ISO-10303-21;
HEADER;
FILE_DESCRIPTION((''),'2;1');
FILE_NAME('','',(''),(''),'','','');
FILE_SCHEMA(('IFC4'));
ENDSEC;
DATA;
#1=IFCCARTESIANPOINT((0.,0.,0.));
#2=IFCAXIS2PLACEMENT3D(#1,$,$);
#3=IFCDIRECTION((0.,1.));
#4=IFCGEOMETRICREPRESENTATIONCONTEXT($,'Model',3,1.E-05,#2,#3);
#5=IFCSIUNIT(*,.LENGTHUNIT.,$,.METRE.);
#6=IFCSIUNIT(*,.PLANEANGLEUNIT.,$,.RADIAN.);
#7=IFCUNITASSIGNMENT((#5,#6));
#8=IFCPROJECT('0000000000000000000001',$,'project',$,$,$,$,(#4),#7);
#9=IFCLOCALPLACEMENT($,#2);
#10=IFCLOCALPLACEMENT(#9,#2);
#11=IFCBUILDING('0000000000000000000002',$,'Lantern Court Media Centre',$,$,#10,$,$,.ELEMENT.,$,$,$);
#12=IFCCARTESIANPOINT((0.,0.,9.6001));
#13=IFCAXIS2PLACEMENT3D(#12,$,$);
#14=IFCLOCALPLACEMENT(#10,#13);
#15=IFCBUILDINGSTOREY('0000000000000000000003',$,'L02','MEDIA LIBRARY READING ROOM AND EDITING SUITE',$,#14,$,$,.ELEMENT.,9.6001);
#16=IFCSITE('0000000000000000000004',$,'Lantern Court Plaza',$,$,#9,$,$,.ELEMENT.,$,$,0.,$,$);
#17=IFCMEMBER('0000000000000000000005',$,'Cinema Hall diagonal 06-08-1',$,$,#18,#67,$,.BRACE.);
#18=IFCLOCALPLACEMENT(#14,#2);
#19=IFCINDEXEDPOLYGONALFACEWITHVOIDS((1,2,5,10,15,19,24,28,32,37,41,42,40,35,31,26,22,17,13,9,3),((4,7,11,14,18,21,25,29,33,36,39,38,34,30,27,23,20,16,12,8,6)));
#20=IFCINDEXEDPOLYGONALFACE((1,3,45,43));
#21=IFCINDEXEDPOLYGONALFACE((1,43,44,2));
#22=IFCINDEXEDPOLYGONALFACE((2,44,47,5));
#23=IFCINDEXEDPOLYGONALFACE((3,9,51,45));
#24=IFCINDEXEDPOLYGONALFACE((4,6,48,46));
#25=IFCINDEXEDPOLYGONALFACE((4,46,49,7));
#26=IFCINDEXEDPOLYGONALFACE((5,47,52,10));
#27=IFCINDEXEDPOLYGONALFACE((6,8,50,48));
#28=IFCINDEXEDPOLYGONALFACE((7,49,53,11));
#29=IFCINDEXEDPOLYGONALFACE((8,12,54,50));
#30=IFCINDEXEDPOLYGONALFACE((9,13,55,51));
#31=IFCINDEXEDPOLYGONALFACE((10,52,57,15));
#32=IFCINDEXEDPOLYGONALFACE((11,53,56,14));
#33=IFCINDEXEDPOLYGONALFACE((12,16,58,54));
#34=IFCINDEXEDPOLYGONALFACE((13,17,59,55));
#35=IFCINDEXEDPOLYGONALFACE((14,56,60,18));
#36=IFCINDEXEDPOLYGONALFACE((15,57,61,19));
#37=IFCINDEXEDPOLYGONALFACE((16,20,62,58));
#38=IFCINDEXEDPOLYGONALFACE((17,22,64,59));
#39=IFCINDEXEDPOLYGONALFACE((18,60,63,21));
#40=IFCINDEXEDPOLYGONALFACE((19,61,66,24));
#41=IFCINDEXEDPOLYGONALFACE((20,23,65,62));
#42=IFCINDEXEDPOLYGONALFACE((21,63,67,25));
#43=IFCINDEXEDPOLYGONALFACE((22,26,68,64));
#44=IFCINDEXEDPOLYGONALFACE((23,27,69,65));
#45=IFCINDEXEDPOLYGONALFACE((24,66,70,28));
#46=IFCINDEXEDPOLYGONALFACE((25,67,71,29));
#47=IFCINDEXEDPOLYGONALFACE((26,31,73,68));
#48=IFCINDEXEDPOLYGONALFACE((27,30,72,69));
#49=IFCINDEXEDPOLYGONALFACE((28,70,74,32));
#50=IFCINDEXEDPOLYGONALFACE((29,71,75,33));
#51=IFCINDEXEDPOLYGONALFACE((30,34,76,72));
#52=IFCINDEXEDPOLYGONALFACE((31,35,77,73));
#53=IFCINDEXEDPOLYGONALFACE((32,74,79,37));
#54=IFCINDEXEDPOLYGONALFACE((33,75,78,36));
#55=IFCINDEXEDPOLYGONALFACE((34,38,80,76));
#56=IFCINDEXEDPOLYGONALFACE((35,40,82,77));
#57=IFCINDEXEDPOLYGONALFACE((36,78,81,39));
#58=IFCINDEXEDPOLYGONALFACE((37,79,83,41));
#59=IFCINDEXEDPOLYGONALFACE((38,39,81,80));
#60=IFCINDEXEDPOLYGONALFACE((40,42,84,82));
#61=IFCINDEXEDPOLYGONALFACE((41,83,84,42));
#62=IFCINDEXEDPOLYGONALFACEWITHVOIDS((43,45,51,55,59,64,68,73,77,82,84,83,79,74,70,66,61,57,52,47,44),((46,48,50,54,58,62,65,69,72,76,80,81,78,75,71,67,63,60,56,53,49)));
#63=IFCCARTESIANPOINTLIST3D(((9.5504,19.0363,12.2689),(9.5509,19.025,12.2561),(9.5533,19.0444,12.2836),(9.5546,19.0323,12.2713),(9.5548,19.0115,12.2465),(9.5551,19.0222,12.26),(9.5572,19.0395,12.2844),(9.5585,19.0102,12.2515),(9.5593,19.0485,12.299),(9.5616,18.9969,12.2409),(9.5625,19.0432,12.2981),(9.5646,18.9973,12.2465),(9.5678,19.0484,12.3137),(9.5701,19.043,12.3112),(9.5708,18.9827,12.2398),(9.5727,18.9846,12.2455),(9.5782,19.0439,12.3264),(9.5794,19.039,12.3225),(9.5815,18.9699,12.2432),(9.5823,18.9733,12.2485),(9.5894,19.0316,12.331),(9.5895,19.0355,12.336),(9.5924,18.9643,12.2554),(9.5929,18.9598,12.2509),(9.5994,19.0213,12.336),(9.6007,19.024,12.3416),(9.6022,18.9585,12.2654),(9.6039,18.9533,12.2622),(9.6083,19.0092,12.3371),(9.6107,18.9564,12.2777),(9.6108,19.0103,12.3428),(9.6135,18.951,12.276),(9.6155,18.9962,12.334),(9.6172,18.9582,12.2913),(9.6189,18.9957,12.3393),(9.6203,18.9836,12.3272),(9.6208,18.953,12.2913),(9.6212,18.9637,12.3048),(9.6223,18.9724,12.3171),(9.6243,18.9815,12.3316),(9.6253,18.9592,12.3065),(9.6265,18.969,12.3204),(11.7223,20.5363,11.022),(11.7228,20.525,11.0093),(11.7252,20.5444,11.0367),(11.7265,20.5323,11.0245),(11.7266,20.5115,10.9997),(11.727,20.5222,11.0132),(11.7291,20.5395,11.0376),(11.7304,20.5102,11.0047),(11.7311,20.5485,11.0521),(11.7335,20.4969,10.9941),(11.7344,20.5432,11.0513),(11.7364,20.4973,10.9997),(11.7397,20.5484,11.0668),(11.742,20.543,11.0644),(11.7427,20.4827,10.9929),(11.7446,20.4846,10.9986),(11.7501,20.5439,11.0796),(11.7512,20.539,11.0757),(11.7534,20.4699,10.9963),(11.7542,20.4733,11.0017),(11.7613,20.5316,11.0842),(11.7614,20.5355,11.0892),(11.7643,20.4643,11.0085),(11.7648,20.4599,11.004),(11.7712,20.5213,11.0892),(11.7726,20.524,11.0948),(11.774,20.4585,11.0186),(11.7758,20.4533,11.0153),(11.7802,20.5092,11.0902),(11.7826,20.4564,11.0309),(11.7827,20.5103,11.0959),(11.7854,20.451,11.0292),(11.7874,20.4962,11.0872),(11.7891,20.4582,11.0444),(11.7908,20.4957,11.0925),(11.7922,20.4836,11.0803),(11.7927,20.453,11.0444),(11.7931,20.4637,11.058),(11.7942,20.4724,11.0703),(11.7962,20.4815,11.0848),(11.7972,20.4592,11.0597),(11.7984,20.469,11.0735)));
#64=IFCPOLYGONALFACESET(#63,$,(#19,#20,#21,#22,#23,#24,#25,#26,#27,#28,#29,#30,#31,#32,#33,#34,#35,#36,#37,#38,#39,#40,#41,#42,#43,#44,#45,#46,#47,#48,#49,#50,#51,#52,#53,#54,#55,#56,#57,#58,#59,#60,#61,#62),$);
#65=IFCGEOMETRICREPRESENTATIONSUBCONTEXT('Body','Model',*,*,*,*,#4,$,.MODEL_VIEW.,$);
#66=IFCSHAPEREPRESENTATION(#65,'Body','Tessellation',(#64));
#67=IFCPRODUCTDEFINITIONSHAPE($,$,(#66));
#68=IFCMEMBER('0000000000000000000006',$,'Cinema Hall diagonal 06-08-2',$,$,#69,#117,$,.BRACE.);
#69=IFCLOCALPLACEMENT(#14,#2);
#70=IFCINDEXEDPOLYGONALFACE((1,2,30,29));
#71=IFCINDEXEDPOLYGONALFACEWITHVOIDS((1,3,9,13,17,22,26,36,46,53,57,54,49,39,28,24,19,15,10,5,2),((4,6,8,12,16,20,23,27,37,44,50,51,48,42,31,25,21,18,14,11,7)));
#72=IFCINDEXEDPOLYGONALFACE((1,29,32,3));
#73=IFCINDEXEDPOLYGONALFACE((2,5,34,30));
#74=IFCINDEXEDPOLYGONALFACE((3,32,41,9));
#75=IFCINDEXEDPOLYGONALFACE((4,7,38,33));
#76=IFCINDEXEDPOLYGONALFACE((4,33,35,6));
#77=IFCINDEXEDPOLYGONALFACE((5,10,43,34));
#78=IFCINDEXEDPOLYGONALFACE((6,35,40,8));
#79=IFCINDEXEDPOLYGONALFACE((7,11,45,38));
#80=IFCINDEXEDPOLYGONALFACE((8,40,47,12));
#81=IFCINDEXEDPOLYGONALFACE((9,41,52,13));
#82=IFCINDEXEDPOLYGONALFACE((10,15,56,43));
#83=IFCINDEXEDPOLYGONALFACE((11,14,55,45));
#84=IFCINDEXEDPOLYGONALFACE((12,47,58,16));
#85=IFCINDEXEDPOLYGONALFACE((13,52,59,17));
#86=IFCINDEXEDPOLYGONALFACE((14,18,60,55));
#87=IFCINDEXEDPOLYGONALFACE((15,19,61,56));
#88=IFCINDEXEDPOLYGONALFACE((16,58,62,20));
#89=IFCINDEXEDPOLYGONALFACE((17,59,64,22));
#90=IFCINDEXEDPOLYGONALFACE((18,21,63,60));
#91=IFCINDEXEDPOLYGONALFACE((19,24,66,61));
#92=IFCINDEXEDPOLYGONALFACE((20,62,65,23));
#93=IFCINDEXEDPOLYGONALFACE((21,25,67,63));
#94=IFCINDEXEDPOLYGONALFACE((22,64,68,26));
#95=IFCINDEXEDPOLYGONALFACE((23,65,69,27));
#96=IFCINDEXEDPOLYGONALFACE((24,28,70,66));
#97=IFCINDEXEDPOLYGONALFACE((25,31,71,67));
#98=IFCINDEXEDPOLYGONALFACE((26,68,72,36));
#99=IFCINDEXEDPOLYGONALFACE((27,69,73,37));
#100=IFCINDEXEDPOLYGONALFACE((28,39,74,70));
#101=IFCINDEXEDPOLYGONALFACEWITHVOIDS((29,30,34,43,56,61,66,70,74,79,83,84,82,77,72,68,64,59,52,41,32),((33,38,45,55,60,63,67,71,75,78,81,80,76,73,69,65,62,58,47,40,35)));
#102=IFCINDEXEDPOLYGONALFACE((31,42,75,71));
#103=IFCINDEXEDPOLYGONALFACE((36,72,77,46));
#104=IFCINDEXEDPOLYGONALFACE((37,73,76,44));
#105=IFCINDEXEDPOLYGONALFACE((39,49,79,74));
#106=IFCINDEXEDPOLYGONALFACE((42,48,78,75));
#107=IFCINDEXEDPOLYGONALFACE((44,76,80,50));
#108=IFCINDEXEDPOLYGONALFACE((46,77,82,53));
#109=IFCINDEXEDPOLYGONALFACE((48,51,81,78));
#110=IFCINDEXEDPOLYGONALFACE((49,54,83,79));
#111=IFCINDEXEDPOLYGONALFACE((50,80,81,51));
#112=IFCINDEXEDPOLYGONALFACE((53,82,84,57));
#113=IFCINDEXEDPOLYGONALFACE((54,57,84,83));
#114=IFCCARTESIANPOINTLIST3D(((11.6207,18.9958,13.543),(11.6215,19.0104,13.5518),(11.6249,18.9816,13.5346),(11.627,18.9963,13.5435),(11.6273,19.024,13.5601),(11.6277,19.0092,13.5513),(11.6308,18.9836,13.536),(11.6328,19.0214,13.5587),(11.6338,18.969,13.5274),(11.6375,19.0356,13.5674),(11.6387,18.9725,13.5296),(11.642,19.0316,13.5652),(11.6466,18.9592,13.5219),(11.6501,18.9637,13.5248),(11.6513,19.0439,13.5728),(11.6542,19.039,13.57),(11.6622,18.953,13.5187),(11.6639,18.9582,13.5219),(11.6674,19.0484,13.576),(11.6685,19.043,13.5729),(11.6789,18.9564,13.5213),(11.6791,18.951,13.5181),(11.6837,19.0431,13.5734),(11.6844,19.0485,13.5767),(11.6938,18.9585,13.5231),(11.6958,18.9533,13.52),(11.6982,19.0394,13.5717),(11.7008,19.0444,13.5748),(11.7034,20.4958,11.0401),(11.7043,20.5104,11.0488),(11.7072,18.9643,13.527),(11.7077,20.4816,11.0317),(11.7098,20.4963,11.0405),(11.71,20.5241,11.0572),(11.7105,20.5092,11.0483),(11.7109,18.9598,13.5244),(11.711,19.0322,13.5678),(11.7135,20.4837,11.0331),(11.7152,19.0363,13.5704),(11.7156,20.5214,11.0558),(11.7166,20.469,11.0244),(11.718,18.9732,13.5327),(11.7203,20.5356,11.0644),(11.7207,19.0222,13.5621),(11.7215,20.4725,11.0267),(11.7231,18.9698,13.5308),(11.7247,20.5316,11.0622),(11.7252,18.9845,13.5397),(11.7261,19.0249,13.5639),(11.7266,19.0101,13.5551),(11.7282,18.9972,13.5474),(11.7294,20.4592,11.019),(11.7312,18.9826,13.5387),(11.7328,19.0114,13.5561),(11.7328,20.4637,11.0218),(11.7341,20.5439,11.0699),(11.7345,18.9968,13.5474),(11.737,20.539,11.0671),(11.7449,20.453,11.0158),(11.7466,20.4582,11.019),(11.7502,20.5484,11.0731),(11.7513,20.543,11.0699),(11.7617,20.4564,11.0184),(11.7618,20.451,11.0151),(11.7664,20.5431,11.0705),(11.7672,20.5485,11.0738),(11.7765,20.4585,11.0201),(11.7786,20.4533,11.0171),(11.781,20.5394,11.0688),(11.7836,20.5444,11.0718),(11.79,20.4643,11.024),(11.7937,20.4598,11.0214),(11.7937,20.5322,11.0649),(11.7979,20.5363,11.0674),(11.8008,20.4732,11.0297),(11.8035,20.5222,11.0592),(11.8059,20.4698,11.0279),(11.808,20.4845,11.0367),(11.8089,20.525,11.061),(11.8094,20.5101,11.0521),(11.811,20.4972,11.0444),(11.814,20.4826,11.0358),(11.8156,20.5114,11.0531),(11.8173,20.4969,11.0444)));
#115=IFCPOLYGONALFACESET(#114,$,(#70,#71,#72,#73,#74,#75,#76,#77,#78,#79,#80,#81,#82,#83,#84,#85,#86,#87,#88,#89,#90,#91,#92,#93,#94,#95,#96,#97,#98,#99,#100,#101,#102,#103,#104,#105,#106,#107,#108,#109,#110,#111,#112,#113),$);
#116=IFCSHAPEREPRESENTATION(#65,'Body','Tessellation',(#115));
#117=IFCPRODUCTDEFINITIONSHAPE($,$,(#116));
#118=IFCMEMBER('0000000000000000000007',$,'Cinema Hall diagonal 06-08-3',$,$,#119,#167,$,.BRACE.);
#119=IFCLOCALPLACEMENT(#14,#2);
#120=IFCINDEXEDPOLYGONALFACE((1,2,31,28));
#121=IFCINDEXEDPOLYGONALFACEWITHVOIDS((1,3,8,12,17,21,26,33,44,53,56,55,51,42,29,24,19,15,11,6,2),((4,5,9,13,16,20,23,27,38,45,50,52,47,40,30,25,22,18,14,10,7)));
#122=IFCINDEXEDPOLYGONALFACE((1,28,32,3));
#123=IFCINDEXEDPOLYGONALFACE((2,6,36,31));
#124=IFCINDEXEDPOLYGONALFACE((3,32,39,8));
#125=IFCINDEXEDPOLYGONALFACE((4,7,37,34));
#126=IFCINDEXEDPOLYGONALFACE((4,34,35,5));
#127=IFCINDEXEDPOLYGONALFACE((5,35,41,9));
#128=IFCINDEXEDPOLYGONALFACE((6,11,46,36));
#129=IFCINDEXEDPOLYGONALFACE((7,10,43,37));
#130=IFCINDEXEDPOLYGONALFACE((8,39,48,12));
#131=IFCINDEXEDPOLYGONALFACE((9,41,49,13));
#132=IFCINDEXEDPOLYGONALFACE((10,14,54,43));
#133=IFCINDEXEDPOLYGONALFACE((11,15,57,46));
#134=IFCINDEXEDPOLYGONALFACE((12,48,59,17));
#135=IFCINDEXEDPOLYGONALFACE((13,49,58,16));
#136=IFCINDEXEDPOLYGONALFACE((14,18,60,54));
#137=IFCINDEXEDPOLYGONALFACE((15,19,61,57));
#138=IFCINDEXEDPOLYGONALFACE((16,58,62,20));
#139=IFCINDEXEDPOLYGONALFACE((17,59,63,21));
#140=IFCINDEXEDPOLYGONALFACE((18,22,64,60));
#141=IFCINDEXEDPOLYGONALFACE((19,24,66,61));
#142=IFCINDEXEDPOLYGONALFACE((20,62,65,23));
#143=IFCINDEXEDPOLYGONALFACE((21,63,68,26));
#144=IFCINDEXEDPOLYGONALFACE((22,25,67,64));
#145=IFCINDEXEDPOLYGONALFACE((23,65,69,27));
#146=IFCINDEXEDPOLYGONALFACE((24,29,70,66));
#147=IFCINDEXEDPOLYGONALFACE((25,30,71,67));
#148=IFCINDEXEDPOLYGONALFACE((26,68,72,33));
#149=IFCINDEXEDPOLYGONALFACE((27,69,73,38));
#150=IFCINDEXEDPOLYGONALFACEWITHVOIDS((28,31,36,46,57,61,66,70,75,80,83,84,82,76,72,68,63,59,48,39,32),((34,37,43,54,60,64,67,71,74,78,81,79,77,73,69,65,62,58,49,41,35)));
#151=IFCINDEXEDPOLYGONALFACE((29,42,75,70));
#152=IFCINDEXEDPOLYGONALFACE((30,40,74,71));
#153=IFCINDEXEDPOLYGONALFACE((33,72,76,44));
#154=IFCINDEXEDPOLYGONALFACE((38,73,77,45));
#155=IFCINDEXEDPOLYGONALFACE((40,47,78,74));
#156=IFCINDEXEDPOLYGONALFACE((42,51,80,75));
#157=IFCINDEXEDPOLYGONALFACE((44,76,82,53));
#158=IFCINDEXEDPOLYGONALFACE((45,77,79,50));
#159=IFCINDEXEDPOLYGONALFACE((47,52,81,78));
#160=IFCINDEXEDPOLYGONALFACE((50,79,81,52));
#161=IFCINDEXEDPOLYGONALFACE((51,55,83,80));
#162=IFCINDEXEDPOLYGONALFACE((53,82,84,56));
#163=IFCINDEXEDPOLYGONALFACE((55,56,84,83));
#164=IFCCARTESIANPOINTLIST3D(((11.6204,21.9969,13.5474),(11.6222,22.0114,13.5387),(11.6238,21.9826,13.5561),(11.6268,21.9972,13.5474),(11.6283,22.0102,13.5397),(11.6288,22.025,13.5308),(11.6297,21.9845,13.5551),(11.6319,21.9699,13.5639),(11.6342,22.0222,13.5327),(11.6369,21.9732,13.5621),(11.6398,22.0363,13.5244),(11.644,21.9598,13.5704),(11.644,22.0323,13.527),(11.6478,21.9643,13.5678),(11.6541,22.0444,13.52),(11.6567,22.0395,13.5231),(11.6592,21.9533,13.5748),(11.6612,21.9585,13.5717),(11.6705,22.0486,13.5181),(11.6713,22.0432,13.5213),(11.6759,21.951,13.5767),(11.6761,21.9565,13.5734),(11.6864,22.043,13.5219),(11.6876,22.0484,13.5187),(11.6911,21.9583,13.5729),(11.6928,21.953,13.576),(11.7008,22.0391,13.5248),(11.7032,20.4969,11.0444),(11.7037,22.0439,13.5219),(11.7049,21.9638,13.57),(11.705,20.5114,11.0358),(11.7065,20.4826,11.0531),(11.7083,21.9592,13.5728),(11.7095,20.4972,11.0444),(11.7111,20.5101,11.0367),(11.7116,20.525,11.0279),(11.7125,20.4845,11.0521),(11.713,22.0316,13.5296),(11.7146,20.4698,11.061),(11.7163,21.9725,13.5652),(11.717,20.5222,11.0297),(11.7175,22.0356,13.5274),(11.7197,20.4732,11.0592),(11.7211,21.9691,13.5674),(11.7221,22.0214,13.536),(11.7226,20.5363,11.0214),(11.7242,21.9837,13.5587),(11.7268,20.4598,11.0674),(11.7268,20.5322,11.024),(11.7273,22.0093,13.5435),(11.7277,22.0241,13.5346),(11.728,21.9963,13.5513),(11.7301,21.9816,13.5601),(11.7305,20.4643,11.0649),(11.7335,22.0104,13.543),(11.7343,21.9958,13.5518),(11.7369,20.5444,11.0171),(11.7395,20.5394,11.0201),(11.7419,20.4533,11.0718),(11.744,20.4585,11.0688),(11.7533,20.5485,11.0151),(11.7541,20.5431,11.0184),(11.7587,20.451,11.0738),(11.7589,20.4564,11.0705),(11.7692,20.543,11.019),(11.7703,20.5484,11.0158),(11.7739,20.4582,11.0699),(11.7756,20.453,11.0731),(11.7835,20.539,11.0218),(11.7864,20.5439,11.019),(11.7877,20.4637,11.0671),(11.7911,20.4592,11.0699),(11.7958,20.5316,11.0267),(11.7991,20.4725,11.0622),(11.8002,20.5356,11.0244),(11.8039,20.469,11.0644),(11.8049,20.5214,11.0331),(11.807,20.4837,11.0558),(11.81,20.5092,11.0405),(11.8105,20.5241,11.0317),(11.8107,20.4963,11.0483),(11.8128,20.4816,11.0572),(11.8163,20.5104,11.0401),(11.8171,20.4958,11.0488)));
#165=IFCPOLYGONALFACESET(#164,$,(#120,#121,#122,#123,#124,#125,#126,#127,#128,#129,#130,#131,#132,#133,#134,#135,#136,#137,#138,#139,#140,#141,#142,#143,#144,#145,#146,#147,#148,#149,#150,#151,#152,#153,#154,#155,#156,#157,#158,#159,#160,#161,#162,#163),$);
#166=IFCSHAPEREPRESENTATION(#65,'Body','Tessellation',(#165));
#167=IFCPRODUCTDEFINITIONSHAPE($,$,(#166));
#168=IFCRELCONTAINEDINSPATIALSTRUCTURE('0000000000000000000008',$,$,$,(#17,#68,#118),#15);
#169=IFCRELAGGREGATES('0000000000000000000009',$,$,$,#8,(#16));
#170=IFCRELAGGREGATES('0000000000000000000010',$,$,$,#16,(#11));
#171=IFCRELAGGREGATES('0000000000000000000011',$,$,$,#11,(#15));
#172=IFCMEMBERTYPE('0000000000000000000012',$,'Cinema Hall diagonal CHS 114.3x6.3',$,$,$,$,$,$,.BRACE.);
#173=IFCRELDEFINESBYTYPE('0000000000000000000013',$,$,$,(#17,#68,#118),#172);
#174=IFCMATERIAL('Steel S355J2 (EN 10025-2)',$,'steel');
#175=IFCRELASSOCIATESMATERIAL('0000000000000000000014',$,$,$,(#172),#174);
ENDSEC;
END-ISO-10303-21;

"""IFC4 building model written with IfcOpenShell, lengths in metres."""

from ifc_helpers import new_model, si_unit, direction, frame, origin, origin_2d, place, context, subcontext, project, spatial, hollow_circle, extrude, material, material_profile, profile_set, type_object, element, save


model = new_model("IFC4")

# Units and contexts
model_context = context("Model", 3, precision=1e-05, world=origin(), true_north=direction((0.0, 1.0)))
body_context = subcontext(model_context, "Body", "Model", "MODEL_VIEW")
ifc_project = project(units=[si_unit("LENGTHUNIT", "METRE"), si_unit("PLANEANGLEUNIT", "RADIAN")], contexts=[model_context])

# Site, building, storey
site_placement = place(None, origin())
site = spatial("IfcSite", under=ifc_project, at=site_placement, Name="Lantern Court Plaza", CompositionType="ELEMENT", RefElevation=0.0)
building_placement = place(site_placement, origin())
building = spatial("IfcBuilding", under=site, at=building_placement, Name="Lantern Court Media Centre", CompositionType="ELEMENT")
storey_placement = place(building_placement, frame((0.0, 0.0, 9.6001)))
storey = spatial("IfcBuildingStorey", under=building, at=storey_placement, Name="L02", Description="MEDIA LIBRARY READING ROOM AND EDITING SUITE", CompositionType="ELEMENT", Elevation=9.6001)

# Members
ifc_material = material(Name="Steel S355J2 (EN 10025-2)", Category="steel")
ifc_material_profile_1 = material_profile(ifc_material, hollow_circle(Radius=0.0571, WallThickness=0.0063, at=origin_2d()), Name="Cinema Hall diagonal CHS 114.3x6.3")
ifc_profile_set_1 = profile_set([ifc_material_profile_1], Name="Steel S355J2 (EN 10025-2)")
member_type_1 = type_object("IfcMemberType", Name="Cinema Hall diagonal CHS 114.3x6.3", PredefinedType="BRACE", material=ifc_profile_set_1)
for number, where, z_axis, x_axis, name in (
    (1, (11.7603, 20.5, 11.0444), (-0.744002, -0.513843, 0.427115), (0.568286, -0.822831, 0.0), "Cinema Hall diagonal 06-08-1"),
    (2, (11.7603, 20.5, 11.0444), (-0.028352, -0.513846, 0.857414), (0.998481, -0.055092, 0.0), "Cinema Hall diagonal 06-08-2"),
    (3, (11.7603, 20.5, 11.0444), (-0.028352, 0.513846, 0.857414), (-0.998481, -0.055092, 0.0), "Cinema Hall diagonal 06-08-3"),
):
    element("IfcMember", number, at=place(storey_placement, frame(where, z_axis=z_axis, x_axis=x_axis)), inside=storey, type_object=member_type_1, Name=name, PredefinedType="BRACE", context=body_context, shape_type="SweptSolid", body=[
        extrude(hollow_circle(Radius=0.0571, WallThickness=0.0063, at=origin_2d()), origin(), (0.0, 0.0, 1.0), 2.9192),
    ])

save(model, "model.ifc")
